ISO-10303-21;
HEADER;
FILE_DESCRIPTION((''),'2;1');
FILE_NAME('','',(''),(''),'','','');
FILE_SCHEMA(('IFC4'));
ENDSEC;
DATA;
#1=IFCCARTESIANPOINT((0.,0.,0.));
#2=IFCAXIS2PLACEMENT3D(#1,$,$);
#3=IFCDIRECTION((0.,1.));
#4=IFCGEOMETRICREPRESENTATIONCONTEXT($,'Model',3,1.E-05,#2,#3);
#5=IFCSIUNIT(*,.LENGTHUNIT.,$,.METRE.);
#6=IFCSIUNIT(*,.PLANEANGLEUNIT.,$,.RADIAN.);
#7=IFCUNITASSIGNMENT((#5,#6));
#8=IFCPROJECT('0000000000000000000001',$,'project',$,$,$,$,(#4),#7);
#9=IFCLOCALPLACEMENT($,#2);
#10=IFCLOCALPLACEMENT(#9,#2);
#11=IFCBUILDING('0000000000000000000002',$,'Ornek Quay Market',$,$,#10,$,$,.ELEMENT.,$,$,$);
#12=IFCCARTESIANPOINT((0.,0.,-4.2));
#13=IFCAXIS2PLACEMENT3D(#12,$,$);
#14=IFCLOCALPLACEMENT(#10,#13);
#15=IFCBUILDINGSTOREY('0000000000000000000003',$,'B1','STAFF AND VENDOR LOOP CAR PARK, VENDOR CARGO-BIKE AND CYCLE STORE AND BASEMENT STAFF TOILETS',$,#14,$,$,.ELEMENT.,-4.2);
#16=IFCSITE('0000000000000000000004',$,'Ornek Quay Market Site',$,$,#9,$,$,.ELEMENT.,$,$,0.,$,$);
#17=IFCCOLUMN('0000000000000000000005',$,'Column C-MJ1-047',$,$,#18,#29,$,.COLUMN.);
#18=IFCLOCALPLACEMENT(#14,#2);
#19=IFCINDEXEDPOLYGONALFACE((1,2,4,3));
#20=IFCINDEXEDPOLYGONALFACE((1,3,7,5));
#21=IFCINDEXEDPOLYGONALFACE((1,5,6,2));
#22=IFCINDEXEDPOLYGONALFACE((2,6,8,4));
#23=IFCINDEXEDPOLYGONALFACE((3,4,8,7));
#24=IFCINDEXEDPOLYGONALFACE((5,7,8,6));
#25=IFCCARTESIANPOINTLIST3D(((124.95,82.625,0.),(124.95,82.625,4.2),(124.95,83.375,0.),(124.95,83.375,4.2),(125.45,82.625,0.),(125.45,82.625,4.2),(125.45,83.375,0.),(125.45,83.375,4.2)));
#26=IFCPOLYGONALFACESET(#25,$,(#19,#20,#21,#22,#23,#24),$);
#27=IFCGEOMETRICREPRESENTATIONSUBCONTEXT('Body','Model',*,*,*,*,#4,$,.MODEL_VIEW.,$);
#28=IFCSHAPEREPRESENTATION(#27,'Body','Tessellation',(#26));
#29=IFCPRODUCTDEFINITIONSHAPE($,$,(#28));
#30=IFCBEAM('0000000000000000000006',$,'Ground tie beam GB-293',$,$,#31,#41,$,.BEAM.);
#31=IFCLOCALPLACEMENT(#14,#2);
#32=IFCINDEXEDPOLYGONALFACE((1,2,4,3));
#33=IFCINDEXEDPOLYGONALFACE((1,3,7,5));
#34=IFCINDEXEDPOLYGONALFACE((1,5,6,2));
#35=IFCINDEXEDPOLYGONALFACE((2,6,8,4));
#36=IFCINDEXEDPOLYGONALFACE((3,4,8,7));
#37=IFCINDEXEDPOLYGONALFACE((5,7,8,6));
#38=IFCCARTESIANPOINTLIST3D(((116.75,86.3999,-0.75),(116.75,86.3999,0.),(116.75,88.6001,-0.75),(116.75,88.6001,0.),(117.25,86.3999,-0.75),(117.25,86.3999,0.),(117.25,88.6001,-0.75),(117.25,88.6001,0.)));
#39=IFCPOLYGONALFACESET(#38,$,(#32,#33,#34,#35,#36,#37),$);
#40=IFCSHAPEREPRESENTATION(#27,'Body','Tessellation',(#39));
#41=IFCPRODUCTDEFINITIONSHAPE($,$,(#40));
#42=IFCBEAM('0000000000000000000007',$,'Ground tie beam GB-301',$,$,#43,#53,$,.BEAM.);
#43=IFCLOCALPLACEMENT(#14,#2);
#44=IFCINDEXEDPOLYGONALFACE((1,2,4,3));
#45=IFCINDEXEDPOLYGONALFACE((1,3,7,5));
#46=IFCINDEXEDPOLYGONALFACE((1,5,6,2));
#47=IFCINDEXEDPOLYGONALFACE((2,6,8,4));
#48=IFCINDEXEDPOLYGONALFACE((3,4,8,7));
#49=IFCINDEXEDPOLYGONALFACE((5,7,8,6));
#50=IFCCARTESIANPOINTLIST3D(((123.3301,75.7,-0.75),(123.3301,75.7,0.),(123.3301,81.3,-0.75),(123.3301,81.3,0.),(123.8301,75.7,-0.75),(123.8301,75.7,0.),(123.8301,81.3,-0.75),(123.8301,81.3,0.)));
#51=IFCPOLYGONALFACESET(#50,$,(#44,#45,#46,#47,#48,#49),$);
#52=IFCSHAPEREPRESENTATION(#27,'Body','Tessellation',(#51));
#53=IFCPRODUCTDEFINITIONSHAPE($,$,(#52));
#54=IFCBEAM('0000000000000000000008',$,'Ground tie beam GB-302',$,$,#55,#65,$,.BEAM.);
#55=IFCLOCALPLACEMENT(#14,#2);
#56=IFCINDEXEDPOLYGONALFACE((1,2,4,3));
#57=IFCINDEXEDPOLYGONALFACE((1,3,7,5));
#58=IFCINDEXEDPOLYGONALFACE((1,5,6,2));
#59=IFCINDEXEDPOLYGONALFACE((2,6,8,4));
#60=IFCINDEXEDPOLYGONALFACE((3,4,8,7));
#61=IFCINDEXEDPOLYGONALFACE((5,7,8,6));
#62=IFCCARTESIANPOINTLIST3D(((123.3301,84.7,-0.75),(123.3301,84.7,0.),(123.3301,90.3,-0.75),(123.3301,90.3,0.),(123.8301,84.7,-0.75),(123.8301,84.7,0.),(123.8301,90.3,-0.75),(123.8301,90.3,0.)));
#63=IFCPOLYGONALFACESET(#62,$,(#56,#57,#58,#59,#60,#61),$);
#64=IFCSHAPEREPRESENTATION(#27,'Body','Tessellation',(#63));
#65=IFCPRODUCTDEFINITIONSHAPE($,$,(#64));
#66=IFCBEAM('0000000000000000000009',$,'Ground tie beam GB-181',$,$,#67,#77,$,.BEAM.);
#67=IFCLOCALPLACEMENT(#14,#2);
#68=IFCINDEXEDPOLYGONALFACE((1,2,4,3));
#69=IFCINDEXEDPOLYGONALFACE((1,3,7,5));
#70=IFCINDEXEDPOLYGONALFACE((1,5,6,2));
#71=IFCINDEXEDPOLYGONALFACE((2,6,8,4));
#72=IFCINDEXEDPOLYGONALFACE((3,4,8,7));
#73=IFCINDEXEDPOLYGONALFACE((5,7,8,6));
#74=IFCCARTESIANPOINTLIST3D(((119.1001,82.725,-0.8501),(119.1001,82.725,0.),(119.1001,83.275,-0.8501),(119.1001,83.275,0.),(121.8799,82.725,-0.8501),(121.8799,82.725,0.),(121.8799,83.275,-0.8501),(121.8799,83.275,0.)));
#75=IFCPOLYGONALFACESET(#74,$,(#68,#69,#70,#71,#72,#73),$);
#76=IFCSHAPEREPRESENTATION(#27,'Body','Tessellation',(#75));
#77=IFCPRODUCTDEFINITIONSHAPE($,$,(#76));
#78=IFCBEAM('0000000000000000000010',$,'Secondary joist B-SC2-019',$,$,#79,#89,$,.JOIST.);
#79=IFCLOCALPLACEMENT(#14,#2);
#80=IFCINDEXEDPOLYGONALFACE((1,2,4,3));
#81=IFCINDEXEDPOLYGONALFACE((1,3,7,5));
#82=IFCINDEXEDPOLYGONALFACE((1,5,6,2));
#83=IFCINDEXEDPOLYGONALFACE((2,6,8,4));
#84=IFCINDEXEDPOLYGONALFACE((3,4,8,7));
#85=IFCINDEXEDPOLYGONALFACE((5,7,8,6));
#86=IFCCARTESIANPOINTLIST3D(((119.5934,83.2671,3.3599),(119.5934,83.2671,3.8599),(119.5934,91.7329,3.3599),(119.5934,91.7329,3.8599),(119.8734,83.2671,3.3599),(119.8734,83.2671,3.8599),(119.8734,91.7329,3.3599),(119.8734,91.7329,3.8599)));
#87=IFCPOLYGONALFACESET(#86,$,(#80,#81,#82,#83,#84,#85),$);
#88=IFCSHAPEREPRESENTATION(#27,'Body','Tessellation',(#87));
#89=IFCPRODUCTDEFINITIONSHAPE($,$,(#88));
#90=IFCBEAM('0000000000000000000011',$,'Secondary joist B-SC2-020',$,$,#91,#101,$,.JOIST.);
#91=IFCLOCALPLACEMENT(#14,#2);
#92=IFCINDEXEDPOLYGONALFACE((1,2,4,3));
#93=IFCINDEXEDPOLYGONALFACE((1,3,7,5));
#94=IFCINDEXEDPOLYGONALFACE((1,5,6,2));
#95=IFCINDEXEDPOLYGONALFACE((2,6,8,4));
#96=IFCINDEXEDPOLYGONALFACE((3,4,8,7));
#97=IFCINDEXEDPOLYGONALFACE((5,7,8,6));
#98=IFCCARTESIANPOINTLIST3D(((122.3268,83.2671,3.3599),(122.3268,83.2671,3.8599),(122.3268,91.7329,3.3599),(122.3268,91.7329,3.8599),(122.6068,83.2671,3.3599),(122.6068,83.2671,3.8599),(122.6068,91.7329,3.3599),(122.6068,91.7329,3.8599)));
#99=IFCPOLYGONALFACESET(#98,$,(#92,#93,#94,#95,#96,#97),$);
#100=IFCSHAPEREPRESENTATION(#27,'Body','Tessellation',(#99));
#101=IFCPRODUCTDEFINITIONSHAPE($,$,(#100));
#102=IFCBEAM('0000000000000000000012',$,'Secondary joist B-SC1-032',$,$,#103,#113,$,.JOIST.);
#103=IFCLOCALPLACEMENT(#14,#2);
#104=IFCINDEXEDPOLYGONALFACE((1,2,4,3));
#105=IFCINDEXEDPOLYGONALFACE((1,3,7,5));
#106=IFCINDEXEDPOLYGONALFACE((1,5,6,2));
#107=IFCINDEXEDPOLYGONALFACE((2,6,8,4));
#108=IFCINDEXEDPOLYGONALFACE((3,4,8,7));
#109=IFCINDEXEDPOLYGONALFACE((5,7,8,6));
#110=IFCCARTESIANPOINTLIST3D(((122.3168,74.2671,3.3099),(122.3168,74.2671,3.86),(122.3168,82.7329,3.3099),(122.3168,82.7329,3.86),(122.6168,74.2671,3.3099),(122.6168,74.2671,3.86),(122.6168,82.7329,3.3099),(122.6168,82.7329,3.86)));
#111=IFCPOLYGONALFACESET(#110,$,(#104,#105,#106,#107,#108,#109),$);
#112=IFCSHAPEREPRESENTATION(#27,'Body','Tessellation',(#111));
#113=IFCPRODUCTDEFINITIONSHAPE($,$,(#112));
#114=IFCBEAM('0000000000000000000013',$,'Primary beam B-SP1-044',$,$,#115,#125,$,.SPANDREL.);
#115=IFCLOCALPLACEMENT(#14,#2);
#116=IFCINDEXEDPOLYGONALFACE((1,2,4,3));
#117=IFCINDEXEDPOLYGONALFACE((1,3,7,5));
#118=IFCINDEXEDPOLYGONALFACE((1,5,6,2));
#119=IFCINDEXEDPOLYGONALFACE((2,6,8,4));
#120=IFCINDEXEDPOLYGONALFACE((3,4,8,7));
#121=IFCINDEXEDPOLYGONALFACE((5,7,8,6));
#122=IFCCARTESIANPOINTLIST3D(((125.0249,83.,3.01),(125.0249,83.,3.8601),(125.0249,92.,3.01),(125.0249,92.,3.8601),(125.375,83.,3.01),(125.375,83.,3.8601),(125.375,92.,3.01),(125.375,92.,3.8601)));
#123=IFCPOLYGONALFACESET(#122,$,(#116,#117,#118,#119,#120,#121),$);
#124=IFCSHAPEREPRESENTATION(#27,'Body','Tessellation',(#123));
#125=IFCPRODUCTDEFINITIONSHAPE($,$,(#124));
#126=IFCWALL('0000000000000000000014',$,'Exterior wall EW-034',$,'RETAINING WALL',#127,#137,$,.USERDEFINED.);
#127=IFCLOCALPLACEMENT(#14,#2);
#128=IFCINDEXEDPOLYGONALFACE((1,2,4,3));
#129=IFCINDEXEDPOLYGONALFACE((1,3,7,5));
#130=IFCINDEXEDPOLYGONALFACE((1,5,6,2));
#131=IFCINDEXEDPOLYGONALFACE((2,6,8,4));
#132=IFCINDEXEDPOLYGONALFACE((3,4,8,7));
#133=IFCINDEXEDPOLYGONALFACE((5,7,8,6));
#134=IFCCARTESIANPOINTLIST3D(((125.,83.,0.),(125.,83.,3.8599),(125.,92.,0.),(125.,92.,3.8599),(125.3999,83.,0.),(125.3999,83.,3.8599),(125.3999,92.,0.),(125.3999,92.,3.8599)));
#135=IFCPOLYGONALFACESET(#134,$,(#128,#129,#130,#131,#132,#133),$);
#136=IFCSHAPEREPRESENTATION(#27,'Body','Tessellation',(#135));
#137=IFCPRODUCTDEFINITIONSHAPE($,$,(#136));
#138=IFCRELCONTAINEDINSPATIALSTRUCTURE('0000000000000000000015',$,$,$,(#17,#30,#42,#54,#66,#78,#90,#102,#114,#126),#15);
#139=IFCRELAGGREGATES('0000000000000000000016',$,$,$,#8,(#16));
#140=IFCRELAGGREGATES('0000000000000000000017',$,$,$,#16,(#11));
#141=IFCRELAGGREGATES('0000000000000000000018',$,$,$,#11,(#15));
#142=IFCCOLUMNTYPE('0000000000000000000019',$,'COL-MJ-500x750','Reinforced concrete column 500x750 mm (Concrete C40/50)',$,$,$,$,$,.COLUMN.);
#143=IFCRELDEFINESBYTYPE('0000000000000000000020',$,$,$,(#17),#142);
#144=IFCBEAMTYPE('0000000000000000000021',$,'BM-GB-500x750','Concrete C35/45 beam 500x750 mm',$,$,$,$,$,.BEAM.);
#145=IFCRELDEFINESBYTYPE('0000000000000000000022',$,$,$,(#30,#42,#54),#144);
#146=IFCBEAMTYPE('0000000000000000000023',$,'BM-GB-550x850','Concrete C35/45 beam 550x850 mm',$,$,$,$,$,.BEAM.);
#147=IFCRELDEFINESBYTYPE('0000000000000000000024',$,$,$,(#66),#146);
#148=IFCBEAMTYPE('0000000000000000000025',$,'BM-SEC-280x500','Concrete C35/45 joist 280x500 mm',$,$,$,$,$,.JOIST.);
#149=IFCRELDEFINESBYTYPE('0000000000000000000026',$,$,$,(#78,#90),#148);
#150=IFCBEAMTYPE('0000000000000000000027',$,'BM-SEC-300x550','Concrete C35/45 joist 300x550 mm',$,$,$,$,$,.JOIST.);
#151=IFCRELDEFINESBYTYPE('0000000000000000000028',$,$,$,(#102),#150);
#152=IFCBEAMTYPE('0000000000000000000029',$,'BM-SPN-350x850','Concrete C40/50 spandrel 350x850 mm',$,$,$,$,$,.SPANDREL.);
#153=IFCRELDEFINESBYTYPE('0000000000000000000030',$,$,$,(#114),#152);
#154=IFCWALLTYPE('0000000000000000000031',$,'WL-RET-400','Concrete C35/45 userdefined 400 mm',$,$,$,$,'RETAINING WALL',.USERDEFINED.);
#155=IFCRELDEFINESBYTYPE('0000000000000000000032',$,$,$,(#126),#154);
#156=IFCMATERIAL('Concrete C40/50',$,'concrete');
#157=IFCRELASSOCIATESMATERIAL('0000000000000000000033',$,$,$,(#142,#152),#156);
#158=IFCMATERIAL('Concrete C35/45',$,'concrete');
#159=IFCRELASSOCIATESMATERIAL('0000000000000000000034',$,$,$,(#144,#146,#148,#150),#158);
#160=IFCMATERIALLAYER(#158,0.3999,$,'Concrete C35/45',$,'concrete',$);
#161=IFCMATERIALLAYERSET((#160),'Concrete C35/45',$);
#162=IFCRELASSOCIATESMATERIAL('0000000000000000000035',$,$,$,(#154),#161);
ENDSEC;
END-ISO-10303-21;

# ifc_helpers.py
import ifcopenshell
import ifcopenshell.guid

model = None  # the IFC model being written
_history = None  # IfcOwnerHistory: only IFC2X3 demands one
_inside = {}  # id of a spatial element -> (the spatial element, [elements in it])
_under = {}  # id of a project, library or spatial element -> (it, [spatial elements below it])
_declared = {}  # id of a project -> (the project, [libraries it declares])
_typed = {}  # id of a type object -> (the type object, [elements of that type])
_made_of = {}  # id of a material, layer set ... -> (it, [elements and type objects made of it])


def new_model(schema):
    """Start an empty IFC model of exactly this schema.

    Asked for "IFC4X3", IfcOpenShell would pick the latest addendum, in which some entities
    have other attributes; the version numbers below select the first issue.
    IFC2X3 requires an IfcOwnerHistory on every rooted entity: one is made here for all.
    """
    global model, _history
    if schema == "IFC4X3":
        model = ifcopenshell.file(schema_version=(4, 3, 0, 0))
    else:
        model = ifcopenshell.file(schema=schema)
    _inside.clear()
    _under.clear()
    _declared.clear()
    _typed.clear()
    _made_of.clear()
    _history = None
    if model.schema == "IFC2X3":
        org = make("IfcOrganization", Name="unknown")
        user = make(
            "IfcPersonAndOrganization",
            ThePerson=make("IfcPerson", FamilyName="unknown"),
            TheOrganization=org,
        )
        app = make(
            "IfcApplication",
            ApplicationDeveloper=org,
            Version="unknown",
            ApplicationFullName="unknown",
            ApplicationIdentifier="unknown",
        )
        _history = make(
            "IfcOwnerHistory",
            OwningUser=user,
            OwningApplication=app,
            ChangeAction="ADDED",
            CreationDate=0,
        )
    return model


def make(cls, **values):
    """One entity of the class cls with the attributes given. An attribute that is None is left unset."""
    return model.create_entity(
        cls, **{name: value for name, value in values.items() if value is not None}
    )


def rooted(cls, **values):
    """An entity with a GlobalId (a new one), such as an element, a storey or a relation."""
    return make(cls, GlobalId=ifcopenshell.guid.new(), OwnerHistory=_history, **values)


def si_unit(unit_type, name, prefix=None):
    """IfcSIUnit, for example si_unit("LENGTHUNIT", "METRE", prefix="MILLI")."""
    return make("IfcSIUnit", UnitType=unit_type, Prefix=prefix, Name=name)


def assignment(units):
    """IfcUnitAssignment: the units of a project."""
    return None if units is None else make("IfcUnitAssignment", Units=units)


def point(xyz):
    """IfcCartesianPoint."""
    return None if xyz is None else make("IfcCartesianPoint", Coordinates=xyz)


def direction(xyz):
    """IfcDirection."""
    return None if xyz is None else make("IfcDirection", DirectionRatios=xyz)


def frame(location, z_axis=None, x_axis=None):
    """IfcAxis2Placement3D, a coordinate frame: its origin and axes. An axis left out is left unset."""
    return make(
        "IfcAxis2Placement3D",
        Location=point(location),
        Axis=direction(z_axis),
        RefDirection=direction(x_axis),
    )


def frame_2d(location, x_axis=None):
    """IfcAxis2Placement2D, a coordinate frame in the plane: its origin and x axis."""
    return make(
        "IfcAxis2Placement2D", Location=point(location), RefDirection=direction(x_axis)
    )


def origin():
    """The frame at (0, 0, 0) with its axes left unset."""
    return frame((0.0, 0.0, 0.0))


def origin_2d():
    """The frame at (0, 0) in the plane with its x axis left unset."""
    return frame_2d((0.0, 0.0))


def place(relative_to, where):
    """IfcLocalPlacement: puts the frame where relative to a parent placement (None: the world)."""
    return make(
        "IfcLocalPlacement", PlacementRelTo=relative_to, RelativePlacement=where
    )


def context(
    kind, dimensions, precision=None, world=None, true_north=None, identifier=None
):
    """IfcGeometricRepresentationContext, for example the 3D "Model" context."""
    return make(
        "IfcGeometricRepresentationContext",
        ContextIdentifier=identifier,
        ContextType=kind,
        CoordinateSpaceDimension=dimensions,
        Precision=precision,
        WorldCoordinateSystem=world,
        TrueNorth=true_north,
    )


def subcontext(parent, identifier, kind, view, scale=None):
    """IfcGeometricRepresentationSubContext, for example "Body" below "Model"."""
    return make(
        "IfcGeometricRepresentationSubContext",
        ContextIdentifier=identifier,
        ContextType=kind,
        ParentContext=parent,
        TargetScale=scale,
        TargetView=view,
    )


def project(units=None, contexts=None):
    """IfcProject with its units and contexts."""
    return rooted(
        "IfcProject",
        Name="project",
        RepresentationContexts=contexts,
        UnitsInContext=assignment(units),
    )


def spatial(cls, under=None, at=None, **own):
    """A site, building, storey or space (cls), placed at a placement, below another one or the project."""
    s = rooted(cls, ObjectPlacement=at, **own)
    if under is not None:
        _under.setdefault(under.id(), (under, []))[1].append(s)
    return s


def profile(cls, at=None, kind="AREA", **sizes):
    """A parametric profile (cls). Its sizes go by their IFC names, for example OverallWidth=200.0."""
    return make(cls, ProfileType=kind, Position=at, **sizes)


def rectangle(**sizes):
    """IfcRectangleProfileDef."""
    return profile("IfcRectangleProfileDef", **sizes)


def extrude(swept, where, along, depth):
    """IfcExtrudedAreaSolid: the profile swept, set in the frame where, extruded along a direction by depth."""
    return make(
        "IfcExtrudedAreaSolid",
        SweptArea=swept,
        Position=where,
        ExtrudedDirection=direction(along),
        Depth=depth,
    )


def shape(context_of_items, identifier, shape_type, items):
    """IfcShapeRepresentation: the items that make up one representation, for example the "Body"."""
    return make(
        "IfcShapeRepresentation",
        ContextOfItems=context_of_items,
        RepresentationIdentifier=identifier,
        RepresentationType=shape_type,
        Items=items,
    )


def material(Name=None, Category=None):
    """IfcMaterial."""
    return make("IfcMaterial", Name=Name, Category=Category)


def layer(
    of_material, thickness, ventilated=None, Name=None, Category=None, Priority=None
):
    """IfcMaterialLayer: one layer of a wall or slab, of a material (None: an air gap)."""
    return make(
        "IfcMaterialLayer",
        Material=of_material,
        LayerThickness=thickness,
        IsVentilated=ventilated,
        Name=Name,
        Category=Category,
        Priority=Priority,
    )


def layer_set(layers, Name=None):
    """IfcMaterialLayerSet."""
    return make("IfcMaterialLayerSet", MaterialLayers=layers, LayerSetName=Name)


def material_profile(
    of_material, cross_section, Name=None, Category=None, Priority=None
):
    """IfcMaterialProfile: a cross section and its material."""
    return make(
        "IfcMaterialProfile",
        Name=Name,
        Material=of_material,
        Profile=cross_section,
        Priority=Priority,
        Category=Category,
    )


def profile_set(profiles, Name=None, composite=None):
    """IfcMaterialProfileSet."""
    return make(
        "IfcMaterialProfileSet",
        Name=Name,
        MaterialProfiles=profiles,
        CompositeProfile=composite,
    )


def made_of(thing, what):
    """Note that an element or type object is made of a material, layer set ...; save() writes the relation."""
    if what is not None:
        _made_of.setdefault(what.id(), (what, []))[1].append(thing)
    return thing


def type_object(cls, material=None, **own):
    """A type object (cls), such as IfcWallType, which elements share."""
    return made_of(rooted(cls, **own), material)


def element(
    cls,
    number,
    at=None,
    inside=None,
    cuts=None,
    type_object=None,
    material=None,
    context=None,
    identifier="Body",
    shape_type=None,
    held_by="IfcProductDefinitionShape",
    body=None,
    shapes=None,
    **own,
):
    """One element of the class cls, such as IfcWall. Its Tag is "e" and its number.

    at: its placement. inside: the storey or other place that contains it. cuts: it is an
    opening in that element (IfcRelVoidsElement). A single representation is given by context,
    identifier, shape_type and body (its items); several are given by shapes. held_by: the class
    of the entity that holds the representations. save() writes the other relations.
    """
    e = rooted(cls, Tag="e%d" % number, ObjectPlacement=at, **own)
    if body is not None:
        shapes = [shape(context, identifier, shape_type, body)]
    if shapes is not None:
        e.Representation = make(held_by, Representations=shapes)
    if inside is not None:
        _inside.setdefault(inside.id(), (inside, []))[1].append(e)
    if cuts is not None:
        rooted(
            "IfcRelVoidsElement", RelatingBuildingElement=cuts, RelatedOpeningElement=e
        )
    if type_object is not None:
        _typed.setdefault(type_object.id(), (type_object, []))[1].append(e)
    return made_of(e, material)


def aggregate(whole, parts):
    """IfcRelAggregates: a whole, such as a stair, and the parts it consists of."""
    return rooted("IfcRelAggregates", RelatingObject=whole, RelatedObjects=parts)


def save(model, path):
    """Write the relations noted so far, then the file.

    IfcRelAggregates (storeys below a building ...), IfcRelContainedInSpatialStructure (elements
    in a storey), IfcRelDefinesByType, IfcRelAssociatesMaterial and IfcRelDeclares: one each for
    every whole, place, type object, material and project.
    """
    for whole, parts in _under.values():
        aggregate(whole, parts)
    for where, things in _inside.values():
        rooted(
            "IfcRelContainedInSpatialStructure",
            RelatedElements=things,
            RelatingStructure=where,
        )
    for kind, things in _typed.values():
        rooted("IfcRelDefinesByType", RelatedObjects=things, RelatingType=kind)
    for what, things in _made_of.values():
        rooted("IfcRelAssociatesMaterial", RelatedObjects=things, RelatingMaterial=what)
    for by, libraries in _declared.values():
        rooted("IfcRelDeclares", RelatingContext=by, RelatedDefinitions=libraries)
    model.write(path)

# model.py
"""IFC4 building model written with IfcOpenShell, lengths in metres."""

from ifc_helpers import new_model, si_unit, direction, frame, frame_2d, origin, origin_2d, place, context, subcontext, project, spatial, rectangle, extrude, material, layer, layer_set, material_profile, profile_set, type_object, element, save


model = new_model("IFC4")

# Units and contexts
model_context = context("Model", 3, precision=1e-05, world=origin(), true_north=direction((0.0, 1.0)))
body_context = subcontext(model_context, "Body", "Model", "MODEL_VIEW")
ifc_project = project(units=[si_unit("LENGTHUNIT", "METRE"), si_unit("PLANEANGLEUNIT", "RADIAN")], contexts=[model_context])

# Site, building, storey
site_placement = place(None, origin())
site = spatial("IfcSite", under=ifc_project, at=site_placement, Name="Ornek Quay Market Site", CompositionType="ELEMENT", RefElevation=0.0)
building_placement = place(site_placement, origin())
building = spatial("IfcBuilding", under=site, at=building_placement, Name="Ornek Quay Market", CompositionType="ELEMENT")
storey_placement = place(building_placement, frame((0.0, 0.0, -4.2)))
storey = spatial("IfcBuildingStorey", under=building, at=storey_placement, Name="B1", Description="STAFF AND VENDOR LOOP CAR PARK, VENDOR CARGO-BIKE AND CYCLE STORE AND BASEMENT STAFF TOILETS", CompositionType="ELEMENT", Elevation=-4.2)

# Shared definitions
ifc_material_1 = material(Name="Concrete C35/45", Category="concrete")

# Column
ifc_material_2 = material(Name="Concrete C40/50", Category="concrete")
ifc_material_profile_1 = material_profile(ifc_material_2, rectangle(XDim=0.5, YDim=0.75, at=origin_2d()), Name="RC 500x750", Category="concrete")
ifc_profile_set_1 = profile_set([ifc_material_profile_1], Name="Concrete C40/50")
column_type = type_object("IfcColumnType", Name="COL-MJ-500x750", Description="Reinforced concrete column 500x750 mm (Concrete C40/50)", PredefinedType="COLUMN", material=ifc_profile_set_1)
column_placement = place(storey_placement, frame((125.2, 83.0, 0.0), z_axis=(0.0, 0.0, 1.0), x_axis=(1.0, 0.0, 0.0)))
element("IfcColumn", 1, at=column_placement, inside=storey, type_object=column_type, Name="Column C-MJ1-047", PredefinedType="COLUMN", context=body_context, shape_type="SweptSolid", body=[
    extrude(rectangle(XDim=0.5, YDim=0.75, at=origin_2d()), origin(), (0.0, 0.0, 1.0), 4.2),
])

# Beams
ifc_material_profile_2 = material_profile(ifc_material_1, rectangle(XDim=0.5, YDim=0.75, at=origin_2d()), Name="RC 500x750", Category="concrete")
ifc_profile_set_2 = profile_set([ifc_material_profile_2], Name="Concrete C35/45")
beam_type_1 = type_object("IfcBeamType", Name="BM-GB-500x750", Description="Concrete C35/45 beam 500x750 mm", PredefinedType="BEAM", material=ifc_profile_set_2)
beam_1_placement = place(storey_placement, frame((117.0, 86.3999, -0.375), z_axis=(0.0, 1.0, 0.0), x_axis=(-1.0, 0.0, 0.0)))
element("IfcBeam", 2, at=beam_1_placement, inside=storey, type_object=beam_type_1, Name="Ground tie beam GB-293", PredefinedType="BEAM", context=body_context, shape_type="SweptSolid", body=[
    extrude(rectangle(XDim=0.5, YDim=0.75, at=origin_2d()), origin(), (0.0, 0.0, 1.0), 2.2002),
])
for number, where, z_axis, x_axis, name in (
    (3, (123.5801, 75.7, -0.375), (0.0, 1.0, 0.0), (-1.0, 0.0, 0.0), "Ground tie beam GB-301"),
    (4, (123.5801, 84.7, -0.375), (0.0, 1.0, 0.0), (-1.0, 0.0, 0.0), "Ground tie beam GB-302"),
):
    element("IfcBeam", number, at=place(storey_placement, frame(where, z_axis=z_axis, x_axis=x_axis)), inside=storey, type_object=beam_type_1, Name=name, PredefinedType="BEAM", context=body_context, shape_type="SweptSolid", body=[
        extrude(rectangle(XDim=0.5, YDim=0.75, at=origin_2d()), origin(), (0.0, 0.0, 1.0), 5.6001),
    ])
ifc_material_profile_3 = material_profile(ifc_material_1, rectangle(XDim=0.55, YDim=0.8501, at=origin_2d()), Name="RC 550x850", Category="concrete")
ifc_profile_set_3 = profile_set([ifc_material_profile_3], Name="Concrete C35/45")
beam_type_2 = type_object("IfcBeamType", Name="BM-GB-550x850", Description="Concrete C35/45 beam 550x850 mm", PredefinedType="BEAM", material=ifc_profile_set_3)
beam_2_placement = place(storey_placement, frame((119.1001, 83.0, -0.425), z_axis=(1.0, 0.0, 0.0), x_axis=(0.0, 1.0, 0.0)))
element("IfcBeam", 5, at=beam_2_placement, inside=storey, type_object=beam_type_2, Name="Ground tie beam GB-181", PredefinedType="BEAM", context=body_context, shape_type="SweptSolid", body=[
    extrude(rectangle(XDim=0.55, YDim=0.8501, at=origin_2d()), origin(), (0.0, 0.0, 1.0), 2.7798),
])
ifc_material_profile_4 = material_profile(ifc_material_1, rectangle(XDim=0.28, YDim=0.5, at=origin_2d()), Name="RC 280x500", Category="concrete")
ifc_profile_set_4 = profile_set([ifc_material_profile_4], Name="Concrete C35/45")
beam_type_3 = type_object("IfcBeamType", Name="BM-SEC-280x500", Description="Concrete C35/45 joist 280x500 mm", PredefinedType="JOIST", material=ifc_profile_set_4)
for number, where, z_axis, x_axis, name in (
    (6, (119.7334, 83.2671, 3.6099), (0.0, 1.0, 0.0), (-1.0, 0.0, 0.0), "Secondary joist B-SC2-019"),
    (7, (122.4668, 83.2671, 3.6099), (0.0, 1.0, 0.0), (-1.0, 0.0, 0.0), "Secondary joist B-SC2-020"),
):
    element("IfcBeam", number, at=place(storey_placement, frame(where, z_axis=z_axis, x_axis=x_axis)), inside=storey, type_object=beam_type_3, Name=name, PredefinedType="JOIST", context=body_context, shape_type="SweptSolid", body=[
        extrude(rectangle(XDim=0.28, YDim=0.5, at=origin_2d()), origin(), (0.0, 0.0, 1.0), 8.4658),
    ])
ifc_material_profile_5 = material_profile(ifc_material_1, rectangle(XDim=0.3, YDim=0.55, at=origin_2d()), Name="RC 300x550", Category="concrete")
ifc_profile_set_5 = profile_set([ifc_material_profile_5], Name="Concrete C35/45")
beam_type_4 = type_object("IfcBeamType", Name="BM-SEC-300x550", Description="Concrete C35/45 joist 300x550 mm", PredefinedType="JOIST", material=ifc_profile_set_5)
beam_3_placement = place(storey_placement, frame((122.4668, 74.2671, 3.585), z_axis=(0.0, 1.0, 0.0), x_axis=(-1.0, 0.0, 0.0)))
element("IfcBeam", 8, at=beam_3_placement, inside=storey, type_object=beam_type_4, Name="Secondary joist B-SC1-032", PredefinedType="JOIST", context=body_context, shape_type="SweptSolid", body=[
    extrude(rectangle(XDim=0.3, YDim=0.55, at=origin_2d()), origin(), (0.0, 0.0, 1.0), 8.4658),
])
ifc_material_profile_6 = material_profile(ifc_material_2, rectangle(XDim=0.3501, YDim=0.8501, at=origin_2d()), Name="RC 350x850", Category="concrete")
ifc_profile_set_6 = profile_set([ifc_material_profile_6], Name="Concrete C40/50")
beam_type_5 = type_object("IfcBeamType", Name="BM-SPN-350x850", Description="Concrete C40/50 spandrel 350x850 mm", PredefinedType="SPANDREL", material=ifc_profile_set_6)
beam_4_placement = place(storey_placement, frame((125.2, 83.0, 3.4351), z_axis=(0.0, 1.0, 0.0), x_axis=(-1.0, 0.0, 0.0)))
element("IfcBeam", 9, at=beam_4_placement, inside=storey, type_object=beam_type_5, Name="Primary beam B-SP1-044", PredefinedType="SPANDREL", context=body_context, shape_type="SweptSolid", body=[
    extrude(rectangle(XDim=0.3501, YDim=0.8501, at=origin_2d()), origin(), (0.0, 0.0, 1.0), 9.0),
])

# Wall
ifc_layer = layer(ifc_material_1, 0.3999, Name="Concrete C35/45", Category="concrete")
ifc_layer_set = layer_set([ifc_layer], Name="Concrete C35/45")
wall_type = type_object("IfcWallType", Name="WL-RET-400", Description="Concrete C35/45 userdefined 400 mm", ElementType="RETAINING WALL", PredefinedType="USERDEFINED", material=ifc_layer_set)
wall_placement = place(storey_placement, frame((125.2, 83.0, 0.0), z_axis=(0.0, 0.0, 1.0), x_axis=(0.0, 1.0, 0.0)))
element("IfcWall", 10, at=wall_placement, inside=storey, type_object=wall_type, Name="Exterior wall EW-034", ObjectType="RETAINING WALL", PredefinedType="USERDEFINED", context=body_context, shape_type="SweptSolid", body=[
    extrude(rectangle(XDim=9.0, YDim=0.3999, at=frame_2d((4.5, 0.0))), origin(), (0.0, 0.0, 1.0), 3.8599),
])

save(model, "model.ifc")
